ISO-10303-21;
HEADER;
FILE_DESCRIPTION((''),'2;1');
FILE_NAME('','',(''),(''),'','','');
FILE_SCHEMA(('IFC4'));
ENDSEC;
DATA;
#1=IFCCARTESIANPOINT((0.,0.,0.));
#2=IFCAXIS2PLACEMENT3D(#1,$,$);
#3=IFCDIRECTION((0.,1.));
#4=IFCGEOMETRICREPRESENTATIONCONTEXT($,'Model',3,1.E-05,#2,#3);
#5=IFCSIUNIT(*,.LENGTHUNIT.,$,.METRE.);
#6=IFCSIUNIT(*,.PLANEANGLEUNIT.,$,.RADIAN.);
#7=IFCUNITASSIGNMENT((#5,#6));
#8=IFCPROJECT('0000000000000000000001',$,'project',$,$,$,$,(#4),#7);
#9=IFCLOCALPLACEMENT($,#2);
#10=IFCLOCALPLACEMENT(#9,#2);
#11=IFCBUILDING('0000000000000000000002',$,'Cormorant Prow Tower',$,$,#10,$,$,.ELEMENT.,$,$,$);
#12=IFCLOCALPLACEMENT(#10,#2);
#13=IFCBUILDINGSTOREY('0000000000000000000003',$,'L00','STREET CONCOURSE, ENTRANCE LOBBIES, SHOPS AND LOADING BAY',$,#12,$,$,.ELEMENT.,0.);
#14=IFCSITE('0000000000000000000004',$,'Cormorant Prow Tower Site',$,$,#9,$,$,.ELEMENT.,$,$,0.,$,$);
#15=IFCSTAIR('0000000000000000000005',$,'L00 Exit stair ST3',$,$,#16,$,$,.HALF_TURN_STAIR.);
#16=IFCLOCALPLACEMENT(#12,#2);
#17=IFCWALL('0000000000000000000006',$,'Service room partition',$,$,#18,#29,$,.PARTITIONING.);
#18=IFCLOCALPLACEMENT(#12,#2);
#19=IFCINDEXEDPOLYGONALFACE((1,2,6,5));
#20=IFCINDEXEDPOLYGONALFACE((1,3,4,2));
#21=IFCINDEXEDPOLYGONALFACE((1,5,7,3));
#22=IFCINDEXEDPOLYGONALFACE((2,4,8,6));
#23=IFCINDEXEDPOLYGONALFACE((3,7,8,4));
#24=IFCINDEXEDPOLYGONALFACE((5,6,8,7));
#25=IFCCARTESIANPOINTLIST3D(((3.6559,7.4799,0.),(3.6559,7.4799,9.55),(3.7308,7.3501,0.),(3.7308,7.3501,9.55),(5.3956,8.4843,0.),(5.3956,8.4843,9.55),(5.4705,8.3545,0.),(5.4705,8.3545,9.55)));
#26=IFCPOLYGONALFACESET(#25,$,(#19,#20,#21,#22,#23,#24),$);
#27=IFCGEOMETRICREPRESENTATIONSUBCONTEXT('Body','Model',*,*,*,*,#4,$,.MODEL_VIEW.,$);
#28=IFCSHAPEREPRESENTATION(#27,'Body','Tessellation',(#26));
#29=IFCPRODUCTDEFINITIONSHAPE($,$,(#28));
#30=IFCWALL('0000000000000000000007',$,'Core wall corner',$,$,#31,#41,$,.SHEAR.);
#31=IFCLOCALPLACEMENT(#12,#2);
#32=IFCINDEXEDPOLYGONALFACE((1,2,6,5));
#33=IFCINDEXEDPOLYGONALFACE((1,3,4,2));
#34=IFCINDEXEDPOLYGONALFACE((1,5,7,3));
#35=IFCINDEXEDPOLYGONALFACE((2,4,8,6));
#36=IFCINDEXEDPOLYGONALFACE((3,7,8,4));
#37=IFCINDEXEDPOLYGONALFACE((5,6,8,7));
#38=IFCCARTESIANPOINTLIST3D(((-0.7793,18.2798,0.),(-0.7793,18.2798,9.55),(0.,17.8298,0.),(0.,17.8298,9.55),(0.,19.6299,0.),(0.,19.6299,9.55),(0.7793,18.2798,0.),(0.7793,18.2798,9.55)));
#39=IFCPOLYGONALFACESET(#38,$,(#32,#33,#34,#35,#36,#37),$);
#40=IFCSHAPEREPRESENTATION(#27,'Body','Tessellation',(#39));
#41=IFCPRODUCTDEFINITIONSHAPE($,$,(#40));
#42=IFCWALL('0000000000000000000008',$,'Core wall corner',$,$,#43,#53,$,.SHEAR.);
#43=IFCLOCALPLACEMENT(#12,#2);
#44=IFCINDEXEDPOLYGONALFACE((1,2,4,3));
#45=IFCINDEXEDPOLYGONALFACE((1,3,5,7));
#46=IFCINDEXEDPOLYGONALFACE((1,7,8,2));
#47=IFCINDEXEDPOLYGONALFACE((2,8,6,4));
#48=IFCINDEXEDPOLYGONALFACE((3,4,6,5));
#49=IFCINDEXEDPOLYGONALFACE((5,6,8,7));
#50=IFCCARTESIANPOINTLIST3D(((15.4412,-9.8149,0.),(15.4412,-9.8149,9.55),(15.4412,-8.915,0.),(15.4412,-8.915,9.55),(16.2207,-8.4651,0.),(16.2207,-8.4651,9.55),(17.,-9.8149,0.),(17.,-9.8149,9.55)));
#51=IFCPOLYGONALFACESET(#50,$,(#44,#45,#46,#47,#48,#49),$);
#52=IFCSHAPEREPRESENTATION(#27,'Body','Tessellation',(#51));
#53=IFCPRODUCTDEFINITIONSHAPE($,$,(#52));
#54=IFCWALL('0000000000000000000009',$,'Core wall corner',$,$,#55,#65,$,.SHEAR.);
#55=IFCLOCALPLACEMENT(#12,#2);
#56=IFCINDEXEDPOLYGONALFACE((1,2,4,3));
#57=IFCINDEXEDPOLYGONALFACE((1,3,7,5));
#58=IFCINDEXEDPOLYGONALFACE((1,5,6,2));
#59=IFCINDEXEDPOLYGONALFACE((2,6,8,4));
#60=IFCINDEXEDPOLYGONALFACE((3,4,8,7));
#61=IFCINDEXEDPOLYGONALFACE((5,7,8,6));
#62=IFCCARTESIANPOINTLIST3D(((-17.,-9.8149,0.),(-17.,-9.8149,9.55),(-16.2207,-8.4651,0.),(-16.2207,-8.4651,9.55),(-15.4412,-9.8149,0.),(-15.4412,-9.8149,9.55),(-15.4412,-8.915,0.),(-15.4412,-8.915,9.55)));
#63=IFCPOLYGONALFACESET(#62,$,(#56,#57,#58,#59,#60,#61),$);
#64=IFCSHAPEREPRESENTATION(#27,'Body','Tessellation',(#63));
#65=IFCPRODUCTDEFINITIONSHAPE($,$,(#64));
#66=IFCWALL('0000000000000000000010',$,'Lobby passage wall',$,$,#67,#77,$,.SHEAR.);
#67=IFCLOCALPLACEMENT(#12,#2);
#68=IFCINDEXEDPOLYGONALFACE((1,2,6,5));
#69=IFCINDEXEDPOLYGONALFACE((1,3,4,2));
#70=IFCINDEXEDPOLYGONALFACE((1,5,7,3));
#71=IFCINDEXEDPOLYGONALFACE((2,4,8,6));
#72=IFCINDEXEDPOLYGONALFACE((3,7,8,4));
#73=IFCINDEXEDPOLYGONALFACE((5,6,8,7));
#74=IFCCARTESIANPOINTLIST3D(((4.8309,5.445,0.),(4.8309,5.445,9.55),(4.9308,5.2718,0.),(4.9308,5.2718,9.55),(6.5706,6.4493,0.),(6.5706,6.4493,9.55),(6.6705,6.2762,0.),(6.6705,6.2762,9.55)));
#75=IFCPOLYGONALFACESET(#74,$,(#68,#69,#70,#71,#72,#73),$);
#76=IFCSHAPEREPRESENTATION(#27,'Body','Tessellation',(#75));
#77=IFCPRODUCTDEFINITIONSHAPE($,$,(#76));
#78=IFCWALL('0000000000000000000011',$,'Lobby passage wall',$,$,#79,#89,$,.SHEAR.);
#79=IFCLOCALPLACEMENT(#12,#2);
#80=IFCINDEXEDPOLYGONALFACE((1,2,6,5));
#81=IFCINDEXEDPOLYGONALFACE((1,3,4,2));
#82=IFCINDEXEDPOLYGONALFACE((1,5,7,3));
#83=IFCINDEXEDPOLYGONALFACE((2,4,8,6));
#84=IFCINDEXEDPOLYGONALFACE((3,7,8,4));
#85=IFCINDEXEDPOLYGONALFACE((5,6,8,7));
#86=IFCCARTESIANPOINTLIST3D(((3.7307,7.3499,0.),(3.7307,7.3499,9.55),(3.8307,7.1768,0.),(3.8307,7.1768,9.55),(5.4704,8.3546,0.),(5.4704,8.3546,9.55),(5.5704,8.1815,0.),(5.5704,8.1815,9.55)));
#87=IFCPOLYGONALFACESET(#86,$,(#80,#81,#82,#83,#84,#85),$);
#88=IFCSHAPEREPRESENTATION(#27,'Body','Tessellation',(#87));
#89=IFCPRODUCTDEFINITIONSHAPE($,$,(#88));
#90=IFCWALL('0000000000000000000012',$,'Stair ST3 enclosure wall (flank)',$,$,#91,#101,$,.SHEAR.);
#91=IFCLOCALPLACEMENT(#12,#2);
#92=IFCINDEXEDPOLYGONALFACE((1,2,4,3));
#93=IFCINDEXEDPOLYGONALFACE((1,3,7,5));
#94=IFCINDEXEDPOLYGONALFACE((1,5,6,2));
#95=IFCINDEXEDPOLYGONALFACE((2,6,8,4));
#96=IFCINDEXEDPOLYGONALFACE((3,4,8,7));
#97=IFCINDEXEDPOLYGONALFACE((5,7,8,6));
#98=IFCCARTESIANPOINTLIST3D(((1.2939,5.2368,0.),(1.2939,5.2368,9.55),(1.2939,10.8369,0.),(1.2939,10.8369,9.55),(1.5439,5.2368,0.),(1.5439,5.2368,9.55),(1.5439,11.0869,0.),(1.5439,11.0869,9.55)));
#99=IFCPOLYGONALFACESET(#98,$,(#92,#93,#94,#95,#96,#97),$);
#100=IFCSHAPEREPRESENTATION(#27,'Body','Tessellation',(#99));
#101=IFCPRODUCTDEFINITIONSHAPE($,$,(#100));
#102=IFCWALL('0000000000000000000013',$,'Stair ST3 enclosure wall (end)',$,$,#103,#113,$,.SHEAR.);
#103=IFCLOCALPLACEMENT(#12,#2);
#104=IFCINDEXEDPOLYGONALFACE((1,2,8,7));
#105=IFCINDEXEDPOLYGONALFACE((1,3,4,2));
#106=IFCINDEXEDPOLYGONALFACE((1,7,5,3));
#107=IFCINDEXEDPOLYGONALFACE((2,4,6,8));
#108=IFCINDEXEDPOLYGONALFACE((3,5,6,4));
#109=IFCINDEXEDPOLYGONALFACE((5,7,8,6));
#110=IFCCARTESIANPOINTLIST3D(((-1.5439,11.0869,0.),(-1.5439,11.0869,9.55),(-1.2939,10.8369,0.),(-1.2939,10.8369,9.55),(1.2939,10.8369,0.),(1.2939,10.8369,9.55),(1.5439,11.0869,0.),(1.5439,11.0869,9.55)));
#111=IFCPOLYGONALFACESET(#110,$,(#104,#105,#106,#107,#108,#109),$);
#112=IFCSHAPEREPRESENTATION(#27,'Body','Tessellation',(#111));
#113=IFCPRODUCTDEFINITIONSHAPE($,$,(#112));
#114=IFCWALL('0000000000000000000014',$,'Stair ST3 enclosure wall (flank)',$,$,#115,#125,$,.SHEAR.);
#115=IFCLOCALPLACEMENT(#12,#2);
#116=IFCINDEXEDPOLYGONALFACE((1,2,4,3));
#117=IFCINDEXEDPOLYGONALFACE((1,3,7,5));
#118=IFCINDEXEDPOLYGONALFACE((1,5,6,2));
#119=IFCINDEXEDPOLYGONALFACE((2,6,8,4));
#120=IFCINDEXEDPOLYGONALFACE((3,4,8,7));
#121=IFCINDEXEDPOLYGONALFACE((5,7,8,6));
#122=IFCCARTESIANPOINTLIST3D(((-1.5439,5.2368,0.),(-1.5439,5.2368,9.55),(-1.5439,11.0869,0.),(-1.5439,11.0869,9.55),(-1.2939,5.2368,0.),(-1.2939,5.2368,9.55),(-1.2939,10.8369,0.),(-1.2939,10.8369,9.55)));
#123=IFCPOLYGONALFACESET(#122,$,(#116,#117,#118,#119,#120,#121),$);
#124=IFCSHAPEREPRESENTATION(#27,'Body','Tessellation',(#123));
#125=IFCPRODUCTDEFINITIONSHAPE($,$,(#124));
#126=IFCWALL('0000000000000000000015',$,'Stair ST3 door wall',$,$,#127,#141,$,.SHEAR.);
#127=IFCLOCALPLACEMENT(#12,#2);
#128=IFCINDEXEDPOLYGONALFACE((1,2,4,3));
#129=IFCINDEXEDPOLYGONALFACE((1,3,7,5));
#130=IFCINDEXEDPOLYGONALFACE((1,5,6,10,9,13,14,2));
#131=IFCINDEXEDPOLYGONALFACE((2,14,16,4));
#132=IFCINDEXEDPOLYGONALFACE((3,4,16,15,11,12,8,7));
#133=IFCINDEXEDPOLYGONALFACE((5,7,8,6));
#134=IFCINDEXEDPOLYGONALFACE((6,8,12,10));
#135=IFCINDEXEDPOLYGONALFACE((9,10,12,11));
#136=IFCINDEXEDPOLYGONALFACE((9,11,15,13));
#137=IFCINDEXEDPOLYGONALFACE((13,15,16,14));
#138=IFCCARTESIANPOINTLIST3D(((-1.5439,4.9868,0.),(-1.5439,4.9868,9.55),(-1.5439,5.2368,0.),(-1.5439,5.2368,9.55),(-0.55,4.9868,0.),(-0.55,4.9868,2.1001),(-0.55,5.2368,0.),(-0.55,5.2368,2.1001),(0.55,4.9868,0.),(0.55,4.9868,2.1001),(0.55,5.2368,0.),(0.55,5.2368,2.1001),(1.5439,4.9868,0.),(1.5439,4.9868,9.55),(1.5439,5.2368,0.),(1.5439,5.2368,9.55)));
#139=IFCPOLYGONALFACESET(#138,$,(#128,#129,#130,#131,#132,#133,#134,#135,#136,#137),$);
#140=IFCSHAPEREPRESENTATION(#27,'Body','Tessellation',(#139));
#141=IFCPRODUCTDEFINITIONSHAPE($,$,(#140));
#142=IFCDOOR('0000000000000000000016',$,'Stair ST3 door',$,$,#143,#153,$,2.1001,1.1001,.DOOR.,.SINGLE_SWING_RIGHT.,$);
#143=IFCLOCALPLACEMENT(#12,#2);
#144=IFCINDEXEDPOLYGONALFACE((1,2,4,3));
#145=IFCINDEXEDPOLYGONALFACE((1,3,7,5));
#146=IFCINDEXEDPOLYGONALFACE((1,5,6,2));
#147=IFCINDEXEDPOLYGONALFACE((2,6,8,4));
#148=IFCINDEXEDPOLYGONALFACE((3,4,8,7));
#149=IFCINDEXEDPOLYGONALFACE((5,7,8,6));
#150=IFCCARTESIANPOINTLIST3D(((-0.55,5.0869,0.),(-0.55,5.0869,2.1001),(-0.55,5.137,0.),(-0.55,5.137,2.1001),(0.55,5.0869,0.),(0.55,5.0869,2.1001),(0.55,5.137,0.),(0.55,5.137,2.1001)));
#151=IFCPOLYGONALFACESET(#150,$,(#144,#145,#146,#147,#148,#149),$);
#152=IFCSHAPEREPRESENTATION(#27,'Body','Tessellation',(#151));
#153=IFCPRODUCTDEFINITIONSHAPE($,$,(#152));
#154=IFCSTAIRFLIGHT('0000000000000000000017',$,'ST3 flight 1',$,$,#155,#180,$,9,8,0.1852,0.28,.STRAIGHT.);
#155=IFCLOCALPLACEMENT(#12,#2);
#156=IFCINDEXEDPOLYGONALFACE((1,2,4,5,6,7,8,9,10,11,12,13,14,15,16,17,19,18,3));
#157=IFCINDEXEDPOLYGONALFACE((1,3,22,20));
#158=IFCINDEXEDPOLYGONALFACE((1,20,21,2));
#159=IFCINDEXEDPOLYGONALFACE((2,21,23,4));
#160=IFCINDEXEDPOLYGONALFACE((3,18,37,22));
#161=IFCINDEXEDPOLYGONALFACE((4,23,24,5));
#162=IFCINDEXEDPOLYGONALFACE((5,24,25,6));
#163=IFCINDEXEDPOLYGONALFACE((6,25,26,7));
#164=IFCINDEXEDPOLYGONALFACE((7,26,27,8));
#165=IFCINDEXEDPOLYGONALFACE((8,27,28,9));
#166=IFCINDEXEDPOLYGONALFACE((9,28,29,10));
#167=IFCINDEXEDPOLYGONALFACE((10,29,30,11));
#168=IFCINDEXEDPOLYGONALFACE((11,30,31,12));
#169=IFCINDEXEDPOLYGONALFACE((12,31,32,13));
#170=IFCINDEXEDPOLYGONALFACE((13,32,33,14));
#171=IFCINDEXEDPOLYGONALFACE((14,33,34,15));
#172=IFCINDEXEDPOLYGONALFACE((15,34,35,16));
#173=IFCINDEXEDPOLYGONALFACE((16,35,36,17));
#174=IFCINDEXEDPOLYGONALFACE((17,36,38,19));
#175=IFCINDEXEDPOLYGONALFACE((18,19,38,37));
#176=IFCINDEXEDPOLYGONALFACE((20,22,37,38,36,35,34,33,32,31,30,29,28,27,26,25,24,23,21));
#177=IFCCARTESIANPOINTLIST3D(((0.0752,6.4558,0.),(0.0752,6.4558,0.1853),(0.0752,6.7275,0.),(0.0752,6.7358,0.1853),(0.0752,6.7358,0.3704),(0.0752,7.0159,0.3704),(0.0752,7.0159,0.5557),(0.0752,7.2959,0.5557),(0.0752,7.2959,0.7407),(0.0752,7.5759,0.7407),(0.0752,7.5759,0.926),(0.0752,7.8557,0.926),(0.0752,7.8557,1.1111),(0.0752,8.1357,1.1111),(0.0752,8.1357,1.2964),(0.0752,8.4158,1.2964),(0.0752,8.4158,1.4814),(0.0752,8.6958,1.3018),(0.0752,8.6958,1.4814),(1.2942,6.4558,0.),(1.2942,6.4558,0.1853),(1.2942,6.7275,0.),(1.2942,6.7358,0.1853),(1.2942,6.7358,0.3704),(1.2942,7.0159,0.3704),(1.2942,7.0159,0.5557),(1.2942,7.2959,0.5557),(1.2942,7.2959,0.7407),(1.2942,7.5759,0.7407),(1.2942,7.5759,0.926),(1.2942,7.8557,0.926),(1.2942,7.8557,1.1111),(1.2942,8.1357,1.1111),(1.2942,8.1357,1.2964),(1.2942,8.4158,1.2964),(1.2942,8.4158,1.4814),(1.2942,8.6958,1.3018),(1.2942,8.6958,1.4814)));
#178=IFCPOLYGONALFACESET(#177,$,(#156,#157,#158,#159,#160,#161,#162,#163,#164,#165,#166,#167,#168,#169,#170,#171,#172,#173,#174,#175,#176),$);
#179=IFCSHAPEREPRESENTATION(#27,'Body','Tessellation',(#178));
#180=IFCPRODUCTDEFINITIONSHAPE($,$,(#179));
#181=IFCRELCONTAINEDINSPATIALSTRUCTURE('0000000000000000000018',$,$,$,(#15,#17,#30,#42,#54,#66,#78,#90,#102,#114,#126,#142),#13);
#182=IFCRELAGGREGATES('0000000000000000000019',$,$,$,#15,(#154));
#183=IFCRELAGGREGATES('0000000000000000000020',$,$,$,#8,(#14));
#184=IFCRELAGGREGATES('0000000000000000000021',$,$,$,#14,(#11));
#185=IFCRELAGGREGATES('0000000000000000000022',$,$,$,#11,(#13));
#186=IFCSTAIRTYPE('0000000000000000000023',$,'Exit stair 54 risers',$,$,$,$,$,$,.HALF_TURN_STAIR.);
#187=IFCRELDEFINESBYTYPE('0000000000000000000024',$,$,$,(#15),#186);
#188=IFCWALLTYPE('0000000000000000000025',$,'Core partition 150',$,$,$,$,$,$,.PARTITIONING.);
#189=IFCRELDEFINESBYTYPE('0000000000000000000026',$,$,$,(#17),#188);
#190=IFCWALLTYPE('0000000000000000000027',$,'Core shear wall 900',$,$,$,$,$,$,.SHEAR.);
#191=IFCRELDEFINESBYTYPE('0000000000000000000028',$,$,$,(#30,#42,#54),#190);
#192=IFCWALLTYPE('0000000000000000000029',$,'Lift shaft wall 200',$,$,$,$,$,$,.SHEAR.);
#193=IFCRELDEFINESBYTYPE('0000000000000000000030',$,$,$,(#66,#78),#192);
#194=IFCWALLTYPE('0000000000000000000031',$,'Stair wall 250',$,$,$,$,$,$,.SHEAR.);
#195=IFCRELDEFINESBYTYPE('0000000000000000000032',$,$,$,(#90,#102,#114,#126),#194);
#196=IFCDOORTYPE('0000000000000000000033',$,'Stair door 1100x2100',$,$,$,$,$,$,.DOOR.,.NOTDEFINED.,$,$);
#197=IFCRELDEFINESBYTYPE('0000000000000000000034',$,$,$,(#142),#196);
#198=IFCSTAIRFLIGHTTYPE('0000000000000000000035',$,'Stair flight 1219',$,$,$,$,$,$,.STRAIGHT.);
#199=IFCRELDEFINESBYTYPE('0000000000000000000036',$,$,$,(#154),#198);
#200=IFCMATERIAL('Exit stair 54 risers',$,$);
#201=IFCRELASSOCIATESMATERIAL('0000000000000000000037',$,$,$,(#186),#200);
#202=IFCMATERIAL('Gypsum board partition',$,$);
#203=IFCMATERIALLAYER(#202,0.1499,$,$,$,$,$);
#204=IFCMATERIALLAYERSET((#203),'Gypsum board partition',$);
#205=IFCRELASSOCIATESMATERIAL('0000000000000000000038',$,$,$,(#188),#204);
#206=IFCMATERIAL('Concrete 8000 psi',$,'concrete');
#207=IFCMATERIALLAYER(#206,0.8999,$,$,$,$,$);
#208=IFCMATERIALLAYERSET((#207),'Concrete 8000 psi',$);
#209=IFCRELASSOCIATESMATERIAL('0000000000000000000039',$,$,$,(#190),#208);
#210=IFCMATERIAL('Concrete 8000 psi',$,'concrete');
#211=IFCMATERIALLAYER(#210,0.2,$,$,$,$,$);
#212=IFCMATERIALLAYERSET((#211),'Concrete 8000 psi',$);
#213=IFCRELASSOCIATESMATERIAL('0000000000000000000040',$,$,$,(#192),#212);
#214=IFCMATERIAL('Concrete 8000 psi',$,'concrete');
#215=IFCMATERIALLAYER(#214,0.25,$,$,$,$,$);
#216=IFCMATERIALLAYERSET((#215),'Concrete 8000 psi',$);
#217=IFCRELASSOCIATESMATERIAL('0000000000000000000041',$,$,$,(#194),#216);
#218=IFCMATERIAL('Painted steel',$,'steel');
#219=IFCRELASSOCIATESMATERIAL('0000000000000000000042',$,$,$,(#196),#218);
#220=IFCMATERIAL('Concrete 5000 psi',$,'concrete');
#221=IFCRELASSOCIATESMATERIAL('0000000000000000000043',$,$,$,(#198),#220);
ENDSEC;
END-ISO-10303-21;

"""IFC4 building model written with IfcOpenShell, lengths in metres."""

from ifc_helpers import new_model, si_unit, direction, frame, frame_2d, origin, place, context, subcontext, project, spatial, polyline, rectangle, outline, extrude, material, layer, layer_set, type_object, element, fill, aggregate, save


model = new_model("IFC4")

# Units and contexts
model_context = context("Model", 3, precision=1e-05, world=origin(), true_north=direction((0.0, 1.0)))
body_context = subcontext(model_context, "Body", "Model", "MODEL_VIEW")
ifc_project = project(units=[si_unit("LENGTHUNIT", "METRE"), si_unit("PLANEANGLEUNIT", "RADIAN")], contexts=[model_context])

# Site, building, storey
site_placement = place(None, origin())
site = spatial("IfcSite", under=ifc_project, at=site_placement, Name="Cormorant Prow Tower Site", CompositionType="ELEMENT", RefElevation=0.0)
building_placement = place(site_placement, origin())
building = spatial("IfcBuilding", under=site, at=building_placement, Name="Cormorant Prow Tower", CompositionType="ELEMENT")
storey_placement = place(building_placement, origin())
storey = spatial("IfcBuildingStorey", under=building, at=storey_placement, Name="L00", Description="STREET CONCOURSE, ENTRANCE LOBBIES, SHOPS AND LOADING BAY", CompositionType="ELEMENT", Elevation=0.0)

# Stair
ifc_material_1 = material(Name="Exit stair 54 risers")
stair_type = type_object("IfcStairType", Name="Exit stair 54 risers", PredefinedType="HALF_TURN_STAIR", material=ifc_material_1)
stair_1_placement = place(storey_placement, origin())
stair_1 = element("IfcStair", 1, at=stair_1_placement, inside=storey, type_object=stair_type, Name="L00 Exit stair ST3", PredefinedType="HALF_TURN_STAIR")

# Walls
ifc_material_2 = material(Name="Gypsum board partition")
ifc_layer_1 = layer(ifc_material_2, 0.1499)
ifc_layer_set_1 = layer_set([ifc_layer_1], Name="Gypsum board partition")
wall_type_1 = type_object("IfcWallType", Name="Core partition 150", PredefinedType="PARTITIONING", material=ifc_layer_set_1)
wall_1_placement = place(storey_placement, frame((3.6934, 7.415, 0.0), z_axis=(0.0, 0.0, 1.0), x_axis=(0.866036, 0.499982, 0.0)))
element("IfcWall", 2, at=wall_1_placement, inside=storey, type_object=wall_type_1, Name="Service room partition", PredefinedType="PARTITIONING", context=body_context, shape_type="SweptSolid", body=[
    extrude(rectangle(XDim=2.0088, YDim=0.1499, at=frame_2d((1.0044, 0.0))), origin(), (0.0, 0.0, 1.0), 9.55),
])
ifc_material_3 = material(Name="Concrete 8000 psi", Category="concrete")
ifc_layer_2 = layer(ifc_material_3, 0.8999)
ifc_layer_set_2 = layer_set([ifc_layer_2], Name="Concrete 8000 psi")
wall_type_2 = type_object("IfcWallType", Name="Core shear wall 900", PredefinedType="SHEAR", material=ifc_layer_set_2)
wall_2_placement = place(storey_placement, origin())
element("IfcWall", 3, at=wall_2_placement, inside=storey, type_object=wall_type_2, Name="Core wall corner", PredefinedType="SHEAR", context=body_context, shape_type="SweptSolid", body=[
    extrude(outline(polyline([(-0.7793, 18.2798), (0.0, 19.6299), (0.7793, 18.2798), (0.0, 17.8298), (-0.7793, 18.2798)])), origin(), (0.0, 0.0, 1.0), 9.55),
])
wall_3_placement = place(storey_placement, origin())
element("IfcWall", 4, at=wall_3_placement, inside=storey, type_object=wall_type_2, Name="Core wall corner", PredefinedType="SHEAR", context=body_context, shape_type="SweptSolid", body=[
    extrude(outline(polyline([(15.4412, -9.8149), (15.4412, -8.915), (16.2207, -8.4651), (17.0, -9.8149), (15.4412, -9.8149)])), origin(), (0.0, 0.0, 1.0), 9.55),
])
wall_4_placement = place(storey_placement, origin())
element("IfcWall", 5, at=wall_4_placement, inside=storey, type_object=wall_type_2, Name="Core wall corner", PredefinedType="SHEAR", context=body_context, shape_type="SweptSolid", body=[
    extrude(outline(polyline([(-16.2207, -8.4651), (-15.4412, -8.915), (-15.4412, -9.8149), (-17.0, -9.8149), (-16.2207, -8.4651)])), origin(), (0.0, 0.0, 1.0), 9.55),
])
ifc_material_4 = material(Name="Concrete 8000 psi", Category="concrete")
ifc_layer_3 = layer(ifc_material_4, 0.2)
ifc_layer_set_3 = layer_set([ifc_layer_3], Name="Concrete 8000 psi")
wall_type_3 = type_object("IfcWallType", Name="Lift shaft wall 200", PredefinedType="SHEAR", material=ifc_layer_set_3)
wall_5_placement = place(storey_placement, frame((4.8809, 5.3584, 0.0), z_axis=(0.0, 0.0, 1.0), x_axis=(0.866036, 0.499982, 0.0)))
element("IfcWall", 6, at=wall_5_placement, inside=storey, type_object=wall_type_3, Name="Lobby passage wall", PredefinedType="SHEAR", context=body_context, shape_type="SweptSolid", body=[
    extrude(rectangle(XDim=2.0088, YDim=0.2, at=frame_2d((1.0044, 0.0))), origin(), (0.0, 0.0, 1.0), 9.55),
])
wall_6_placement = place(storey_placement, frame((3.7808, 7.2634, 0.0), z_axis=(0.0, 0.0, 1.0), x_axis=(0.865983, 0.500073, 0.0)))
element("IfcWall", 7, at=wall_6_placement, inside=storey, type_object=wall_type_3, Name="Lobby passage wall", PredefinedType="SHEAR", context=body_context, shape_type="SweptSolid", body=[
    extrude(rectangle(XDim=2.009, YDim=0.2, at=frame_2d((1.0044, 0.0))), origin(), (0.0, 0.0, 1.0), 9.55),
])
ifc_material_5 = material(Name="Concrete 8000 psi", Category="concrete")
ifc_layer_4 = layer(ifc_material_5, 0.25)
ifc_layer_set_4 = layer_set([ifc_layer_4], Name="Concrete 8000 psi")
wall_type_4 = type_object("IfcWallType", Name="Stair wall 250", PredefinedType="SHEAR", material=ifc_layer_set_4)
wall_7_placement = place(storey_placement, origin())
element("IfcWall", 8, at=wall_7_placement, inside=storey, type_object=wall_type_4, Name="Stair ST3 enclosure wall (flank)", PredefinedType="SHEAR", context=body_context, shape_type="SweptSolid", body=[
    extrude(outline(polyline([(1.5439, 5.2368), (1.5439, 11.0869), (1.2939, 10.8369), (1.2939, 5.2368), (1.5439, 5.2368)])), origin(), (0.0, 0.0, 1.0), 9.55),
])
wall_8_placement = place(storey_placement, origin())
element("IfcWall", 9, at=wall_8_placement, inside=storey, type_object=wall_type_4, Name="Stair ST3 enclosure wall (end)", PredefinedType="SHEAR", context=body_context, shape_type="SweptSolid", body=[
    extrude(outline(polyline([(1.5439, 11.0869), (-1.5439, 11.0869), (-1.2939, 10.8369), (1.2939, 10.8369), (1.5439, 11.0869)])), origin(), (0.0, 0.0, 1.0), 9.55),
])
wall_9_placement = place(storey_placement, origin())
element("IfcWall", 10, at=wall_9_placement, inside=storey, type_object=wall_type_4, Name="Stair ST3 enclosure wall (flank)", PredefinedType="SHEAR", context=body_context, shape_type="SweptSolid", body=[
    extrude(outline(polyline([(-1.2939, 10.8369), (-1.5439, 11.0869), (-1.5439, 5.2368), (-1.2939, 5.2368), (-1.2939, 10.8369)])), origin(), (0.0, 0.0, 1.0), 9.55),
])

# Wall, opening, door
wall_10_placement = place(storey_placement, frame((1.5439, 5.1118, 0.0), z_axis=(0.0, 0.0, 1.0), x_axis=(-1.0, 0.0, 0.0)))
wall_10 = element("IfcWall", 11, at=wall_10_placement, inside=storey, type_object=wall_type_4, Name="Stair ST3 door wall", PredefinedType="SHEAR", context=body_context, shape_type="SweptSolid", body=[
    extrude(rectangle(XDim=3.0879, YDim=0.25, at=frame_2d((1.5439, 0.0))), origin(), (0.0, 0.0, 1.0), 9.55),
])
opening_placement = place(wall_10_placement, frame((0.9939, 0.0, 0.0)))
opening = element("IfcOpeningElement", 12, at=opening_placement, cuts=wall_10, PredefinedType="OPENING", context=body_context, shape_type="SweptSolid", body=[
    extrude(rectangle(XDim=1.1001, YDim=2.1001, at=frame_2d((0.55, 1.05))), frame((0.0, 0.135, 0.0), z_axis=(0.0, -1.0, 0.0), x_axis=(1.0, 0.0, 0.0)), (0.0, 0.0, 1.0), 0.27),
])
ifc_material_6 = material(Name="Painted steel", Category="steel")
door_type = type_object("IfcDoorType", Name="Stair door 1100x2100", OperationType="NOTDEFINED", PredefinedType="DOOR", material=ifc_material_6)
door_placement = place(opening_placement, origin())
door = element("IfcDoor", 13, at=door_placement, inside=storey, type_object=door_type, Name="Stair ST3 door", OperationType="SINGLE_SWING_RIGHT", OverallHeight=2.1001, OverallWidth=1.1001, PredefinedType="DOOR", context=body_context, shape_type="SweptSolid", body=[
    extrude(rectangle(XDim=1.1001, YDim=2.1001, at=frame_2d((0.55, 1.05))), frame((0.0, 0.0249, 0.0), z_axis=(0.0, -1.0, 0.0), x_axis=(1.0, 0.0, 0.0)), (0.0, 0.0, 1.0), 0.05),
])
fill(opening, door)

# Stair flight
ifc_material_7 = material(Name="Concrete 5000 psi", Category="concrete")
stair_flight_type = type_object("IfcStairFlightType", Name="Stair flight 1219", PredefinedType="STRAIGHT", material=ifc_material_7)
stair_flight_1_placement = place(storey_placement, frame((0.6846, 6.4558, 0.0), z_axis=(0.0, 0.0, 1.0), x_axis=(0.0, 1.0, 0.0)))
stair_flight_1 = element("IfcStairFlight", 14, at=stair_flight_1_placement, type_object=stair_flight_type, Name="ST3 flight 1", NumberOfRisers=9, NumberOfTreads=8, PredefinedType="STRAIGHT", RiserHeight=0.1852, TreadLength=0.28, context=body_context, shape_type="SweptSolid", body=[
    extrude(outline(polyline([(0.0, 0.0), (0.0, 0.1853), (0.28, 0.1853), (0.28, 0.3704), (0.5601, 0.3704), (0.5601, 0.5557), (0.8401, 0.5557), (0.8401, 0.7407), (1.1201, 0.7407), (1.1201, 0.926), (1.3999, 0.926), (1.3999, 1.1111), (1.6799, 1.1111), (1.6799, 1.2964), (1.96, 1.2964), (1.96, 1.4814), (2.24, 1.4814), (2.24, 1.6667), (2.24, 1.3018), (0.2717, 0.0), (0.0, 0.0)])), frame((0.0, 0.6094, 0.0), z_axis=(0.0, -1.0, 0.0), x_axis=(1.0, 0.0, 0.0)), (0.0, 0.0, 1.0), 1.219),
])
aggregate(stair_1, [stair_flight_1])

save(model, "model.ifc")
